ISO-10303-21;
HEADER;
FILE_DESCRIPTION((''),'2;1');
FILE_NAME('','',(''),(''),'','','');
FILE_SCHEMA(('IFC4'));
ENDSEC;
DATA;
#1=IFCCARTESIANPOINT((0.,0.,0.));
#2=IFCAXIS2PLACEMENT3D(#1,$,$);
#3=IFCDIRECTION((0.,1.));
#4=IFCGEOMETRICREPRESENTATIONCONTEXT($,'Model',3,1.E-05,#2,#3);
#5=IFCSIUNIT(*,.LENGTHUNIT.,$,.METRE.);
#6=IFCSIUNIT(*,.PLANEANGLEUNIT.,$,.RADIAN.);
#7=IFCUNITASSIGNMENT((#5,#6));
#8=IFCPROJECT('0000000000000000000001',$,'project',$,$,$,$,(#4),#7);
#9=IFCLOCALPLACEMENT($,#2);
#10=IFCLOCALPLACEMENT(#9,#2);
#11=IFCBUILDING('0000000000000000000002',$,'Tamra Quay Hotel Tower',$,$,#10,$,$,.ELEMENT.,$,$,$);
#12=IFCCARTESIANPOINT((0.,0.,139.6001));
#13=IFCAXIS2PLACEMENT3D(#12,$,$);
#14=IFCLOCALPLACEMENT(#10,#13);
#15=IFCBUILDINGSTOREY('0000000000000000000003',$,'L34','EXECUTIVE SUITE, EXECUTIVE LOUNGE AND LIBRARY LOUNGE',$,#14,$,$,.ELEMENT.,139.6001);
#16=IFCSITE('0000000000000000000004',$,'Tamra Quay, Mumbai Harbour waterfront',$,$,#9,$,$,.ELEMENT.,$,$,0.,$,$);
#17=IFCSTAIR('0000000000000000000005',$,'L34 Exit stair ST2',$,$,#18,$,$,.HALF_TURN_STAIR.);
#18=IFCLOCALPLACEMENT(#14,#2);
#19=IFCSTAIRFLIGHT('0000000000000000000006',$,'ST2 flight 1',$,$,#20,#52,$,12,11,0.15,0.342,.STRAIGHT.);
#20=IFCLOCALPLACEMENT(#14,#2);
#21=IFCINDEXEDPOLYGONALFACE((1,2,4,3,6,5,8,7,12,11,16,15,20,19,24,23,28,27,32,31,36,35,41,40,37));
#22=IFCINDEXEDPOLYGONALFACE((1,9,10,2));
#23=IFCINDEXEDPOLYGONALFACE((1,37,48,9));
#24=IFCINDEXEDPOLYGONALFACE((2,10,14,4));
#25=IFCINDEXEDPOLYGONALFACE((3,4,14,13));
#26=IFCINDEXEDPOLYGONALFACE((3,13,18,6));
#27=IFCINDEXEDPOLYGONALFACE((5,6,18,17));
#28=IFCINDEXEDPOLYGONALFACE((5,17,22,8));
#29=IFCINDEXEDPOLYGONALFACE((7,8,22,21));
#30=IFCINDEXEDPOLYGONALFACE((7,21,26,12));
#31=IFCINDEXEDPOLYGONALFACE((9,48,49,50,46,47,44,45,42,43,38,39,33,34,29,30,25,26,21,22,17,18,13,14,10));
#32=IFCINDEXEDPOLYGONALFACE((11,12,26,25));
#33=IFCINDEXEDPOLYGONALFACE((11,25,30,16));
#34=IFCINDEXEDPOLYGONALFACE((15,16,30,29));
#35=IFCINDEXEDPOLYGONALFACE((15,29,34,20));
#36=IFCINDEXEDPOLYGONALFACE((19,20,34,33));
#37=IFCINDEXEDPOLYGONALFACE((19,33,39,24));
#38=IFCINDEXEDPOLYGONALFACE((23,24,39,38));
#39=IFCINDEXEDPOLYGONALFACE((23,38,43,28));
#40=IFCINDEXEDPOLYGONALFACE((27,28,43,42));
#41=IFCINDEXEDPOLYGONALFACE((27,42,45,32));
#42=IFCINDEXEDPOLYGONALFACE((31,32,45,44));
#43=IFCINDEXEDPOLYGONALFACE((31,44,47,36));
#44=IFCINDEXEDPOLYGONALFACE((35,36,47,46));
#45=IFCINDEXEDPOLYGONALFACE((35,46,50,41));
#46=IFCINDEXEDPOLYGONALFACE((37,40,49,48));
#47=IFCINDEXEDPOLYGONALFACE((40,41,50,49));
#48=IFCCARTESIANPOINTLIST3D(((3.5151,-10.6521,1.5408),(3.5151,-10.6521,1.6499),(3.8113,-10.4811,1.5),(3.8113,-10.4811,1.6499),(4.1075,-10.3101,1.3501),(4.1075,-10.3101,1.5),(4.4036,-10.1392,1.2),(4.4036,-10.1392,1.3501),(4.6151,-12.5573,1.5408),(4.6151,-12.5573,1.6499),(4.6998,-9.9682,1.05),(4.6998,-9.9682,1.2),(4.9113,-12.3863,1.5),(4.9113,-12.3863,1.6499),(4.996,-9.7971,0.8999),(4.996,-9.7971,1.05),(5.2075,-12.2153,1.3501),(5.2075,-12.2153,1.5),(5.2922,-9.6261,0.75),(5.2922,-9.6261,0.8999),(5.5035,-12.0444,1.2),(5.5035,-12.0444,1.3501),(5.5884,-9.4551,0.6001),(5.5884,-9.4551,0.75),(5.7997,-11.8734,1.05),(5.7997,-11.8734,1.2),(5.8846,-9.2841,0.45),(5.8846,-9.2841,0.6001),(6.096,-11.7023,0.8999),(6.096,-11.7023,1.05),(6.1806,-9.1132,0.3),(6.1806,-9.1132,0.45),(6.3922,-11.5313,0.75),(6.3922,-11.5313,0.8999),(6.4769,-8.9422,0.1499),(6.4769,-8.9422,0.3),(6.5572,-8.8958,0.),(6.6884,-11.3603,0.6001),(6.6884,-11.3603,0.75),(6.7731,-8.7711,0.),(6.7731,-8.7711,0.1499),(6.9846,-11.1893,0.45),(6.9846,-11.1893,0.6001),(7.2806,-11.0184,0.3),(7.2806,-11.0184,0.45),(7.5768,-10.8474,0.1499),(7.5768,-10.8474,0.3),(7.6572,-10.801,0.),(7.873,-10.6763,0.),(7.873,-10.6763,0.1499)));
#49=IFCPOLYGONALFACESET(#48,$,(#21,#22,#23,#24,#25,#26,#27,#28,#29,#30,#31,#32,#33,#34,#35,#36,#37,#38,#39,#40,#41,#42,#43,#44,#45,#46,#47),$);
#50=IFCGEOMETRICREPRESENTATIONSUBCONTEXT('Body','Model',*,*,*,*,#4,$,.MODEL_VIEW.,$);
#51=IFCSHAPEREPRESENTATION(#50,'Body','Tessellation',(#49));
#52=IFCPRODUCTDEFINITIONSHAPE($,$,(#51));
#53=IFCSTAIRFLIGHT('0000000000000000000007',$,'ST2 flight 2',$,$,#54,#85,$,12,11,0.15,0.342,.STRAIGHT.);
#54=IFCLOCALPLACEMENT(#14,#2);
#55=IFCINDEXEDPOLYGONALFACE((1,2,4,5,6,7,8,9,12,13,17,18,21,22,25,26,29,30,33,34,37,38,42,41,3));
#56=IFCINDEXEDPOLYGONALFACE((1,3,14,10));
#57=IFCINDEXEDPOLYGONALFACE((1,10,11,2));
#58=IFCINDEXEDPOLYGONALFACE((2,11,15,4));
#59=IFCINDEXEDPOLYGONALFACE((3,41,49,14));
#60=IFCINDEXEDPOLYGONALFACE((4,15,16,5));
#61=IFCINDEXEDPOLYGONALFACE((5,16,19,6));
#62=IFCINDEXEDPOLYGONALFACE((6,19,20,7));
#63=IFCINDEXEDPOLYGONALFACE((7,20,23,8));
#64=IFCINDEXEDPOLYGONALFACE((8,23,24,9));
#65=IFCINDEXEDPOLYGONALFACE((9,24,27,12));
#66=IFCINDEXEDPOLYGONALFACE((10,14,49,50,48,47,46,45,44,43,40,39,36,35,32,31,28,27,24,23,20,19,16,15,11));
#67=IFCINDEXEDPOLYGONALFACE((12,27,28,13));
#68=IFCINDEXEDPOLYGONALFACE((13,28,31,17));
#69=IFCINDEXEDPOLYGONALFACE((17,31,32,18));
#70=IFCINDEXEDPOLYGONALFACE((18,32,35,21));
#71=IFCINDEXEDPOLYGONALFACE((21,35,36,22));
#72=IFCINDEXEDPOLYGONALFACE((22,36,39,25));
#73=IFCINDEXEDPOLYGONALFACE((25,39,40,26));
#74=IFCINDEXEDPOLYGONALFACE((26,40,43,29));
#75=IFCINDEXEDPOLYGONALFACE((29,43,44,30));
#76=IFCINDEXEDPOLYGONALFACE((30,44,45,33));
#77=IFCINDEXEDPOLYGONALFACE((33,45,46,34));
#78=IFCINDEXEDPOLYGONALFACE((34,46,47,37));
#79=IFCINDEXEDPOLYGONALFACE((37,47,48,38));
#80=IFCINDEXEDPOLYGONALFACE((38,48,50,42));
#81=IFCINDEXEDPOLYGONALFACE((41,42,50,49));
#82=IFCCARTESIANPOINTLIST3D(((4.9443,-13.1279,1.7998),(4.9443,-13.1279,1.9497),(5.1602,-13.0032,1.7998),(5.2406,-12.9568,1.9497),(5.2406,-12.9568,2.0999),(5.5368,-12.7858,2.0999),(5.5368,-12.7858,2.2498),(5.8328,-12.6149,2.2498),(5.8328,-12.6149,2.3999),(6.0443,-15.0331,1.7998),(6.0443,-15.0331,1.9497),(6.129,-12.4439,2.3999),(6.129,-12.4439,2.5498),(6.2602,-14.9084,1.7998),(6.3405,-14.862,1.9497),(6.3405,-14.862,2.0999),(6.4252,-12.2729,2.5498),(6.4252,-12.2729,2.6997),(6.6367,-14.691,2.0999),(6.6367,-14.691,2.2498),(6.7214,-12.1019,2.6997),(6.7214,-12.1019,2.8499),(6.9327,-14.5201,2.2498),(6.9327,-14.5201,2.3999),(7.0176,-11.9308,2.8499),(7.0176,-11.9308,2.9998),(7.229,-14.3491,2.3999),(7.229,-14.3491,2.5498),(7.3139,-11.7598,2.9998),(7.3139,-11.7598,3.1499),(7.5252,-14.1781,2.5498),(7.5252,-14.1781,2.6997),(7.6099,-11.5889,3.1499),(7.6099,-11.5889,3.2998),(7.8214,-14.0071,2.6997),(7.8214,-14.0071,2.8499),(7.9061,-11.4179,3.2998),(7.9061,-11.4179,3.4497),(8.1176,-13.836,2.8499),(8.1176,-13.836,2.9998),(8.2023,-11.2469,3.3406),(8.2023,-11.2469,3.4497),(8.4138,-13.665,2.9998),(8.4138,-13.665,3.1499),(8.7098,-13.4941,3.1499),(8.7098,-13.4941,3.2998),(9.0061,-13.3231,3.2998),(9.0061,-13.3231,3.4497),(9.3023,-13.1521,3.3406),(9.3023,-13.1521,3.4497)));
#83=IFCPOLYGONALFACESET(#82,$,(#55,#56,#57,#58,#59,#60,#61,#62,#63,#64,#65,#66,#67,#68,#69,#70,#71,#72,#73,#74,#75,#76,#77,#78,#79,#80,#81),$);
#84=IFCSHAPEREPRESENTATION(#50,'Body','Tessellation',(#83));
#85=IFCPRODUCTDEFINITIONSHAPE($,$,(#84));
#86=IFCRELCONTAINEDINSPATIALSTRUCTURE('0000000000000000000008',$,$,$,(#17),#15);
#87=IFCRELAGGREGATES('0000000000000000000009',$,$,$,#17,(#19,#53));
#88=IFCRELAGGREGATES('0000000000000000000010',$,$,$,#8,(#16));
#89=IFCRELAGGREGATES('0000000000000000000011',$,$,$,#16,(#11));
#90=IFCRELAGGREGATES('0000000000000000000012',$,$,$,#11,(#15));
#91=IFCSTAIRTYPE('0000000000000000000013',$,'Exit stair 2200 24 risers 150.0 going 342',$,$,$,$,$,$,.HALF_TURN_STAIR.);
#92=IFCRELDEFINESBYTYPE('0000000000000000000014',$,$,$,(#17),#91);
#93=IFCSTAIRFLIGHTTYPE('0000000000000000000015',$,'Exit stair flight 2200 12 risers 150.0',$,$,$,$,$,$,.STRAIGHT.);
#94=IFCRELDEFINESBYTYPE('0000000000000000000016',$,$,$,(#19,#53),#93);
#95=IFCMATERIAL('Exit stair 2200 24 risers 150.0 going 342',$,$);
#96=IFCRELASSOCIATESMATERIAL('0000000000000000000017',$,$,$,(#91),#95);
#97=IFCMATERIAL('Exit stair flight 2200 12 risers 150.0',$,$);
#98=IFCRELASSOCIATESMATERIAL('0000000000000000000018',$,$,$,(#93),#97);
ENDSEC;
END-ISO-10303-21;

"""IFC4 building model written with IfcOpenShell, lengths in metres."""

from ifc_helpers import new_model, si_unit, direction, frame, origin, place, context, subcontext, project, spatial, polyline, outline, extrude, material, type_object, element, aggregate, save


model = new_model("IFC4")

# Units and contexts
model_context = context("Model", 3, precision=1e-05, world=origin(), true_north=direction((0.0, 1.0)))
body_context = subcontext(model_context, "Body", "Model", "MODEL_VIEW")
ifc_project = project(units=[si_unit("LENGTHUNIT", "METRE"), si_unit("PLANEANGLEUNIT", "RADIAN")], contexts=[model_context])

# Site, building, storey
site_placement = place(None, origin())
site = spatial("IfcSite", under=ifc_project, at=site_placement, Name="Tamra Quay, Mumbai Harbour waterfront", CompositionType="ELEMENT", RefElevation=0.0)
building_placement = place(site_placement, origin())
building = spatial("IfcBuilding", under=site, at=building_placement, Name="Tamra Quay Hotel Tower", CompositionType="ELEMENT")
storey_placement = place(building_placement, frame((0.0, 0.0, 139.6001)))
storey = spatial("IfcBuildingStorey", under=building, at=storey_placement, Name="L34", Description="EXECUTIVE SUITE, EXECUTIVE LOUNGE AND LIBRARY LOUNGE", CompositionType="ELEMENT", Elevation=139.6001)

# Stair, stair flights
ifc_material_1 = material(Name="Exit stair 2200 24 risers 150.0 going 342")
stair_type = type_object("IfcStairType", Name="Exit stair 2200 24 risers 150.0 going 342", PredefinedType="HALF_TURN_STAIR", material=ifc_material_1)
stair_placement = place(storey_placement, origin())
stair = element("IfcStair", 1, at=stair_placement, inside=storey, type_object=stair_type, Name="L34 Exit stair ST2", PredefinedType="HALF_TURN_STAIR")
ifc_material_2 = material(Name="Exit stair flight 2200 12 risers 150.0")
stair_flight_type = type_object("IfcStairFlightType", Name="Exit stair flight 2200 12 risers 150.0", PredefinedType="STRAIGHT", material=ifc_material_2)
stair_flight_1_placement = place(storey_placement, frame((7.323, -9.7236, 0.0), z_axis=(0.0, 0.0, 1.0), x_axis=(-0.866025, -0.5, 0.0)))
stair_flight_1 = element("IfcStairFlight", 2, at=stair_flight_1_placement, type_object=stair_flight_type, Name="ST2 flight 1", NumberOfRisers=12, NumberOfTreads=11, PredefinedType="STRAIGHT", RiserHeight=0.15, TreadLength=0.342, context=body_context, shape_type="SweptSolid", body=[
    extrude(outline(polyline([(0.0, 0.0), (0.0, 0.1499), (0.342, 0.1499), (0.342, 0.3), (0.6841, 0.3), (0.6841, 0.45), (1.0259, 0.45), (1.0259, 0.6001), (1.3679, 0.6001), (1.3679, 0.75), (1.71, 0.75), (1.71, 0.8999), (2.052, 0.8999), (2.052, 1.05), (2.394, 1.05), (2.394, 1.2), (2.7361, 1.2), (2.7361, 1.3501), (3.0779, 1.3501), (3.0779, 1.5), (3.4199, 1.5), (3.4199, 1.6499), (3.762, 1.6499), (3.762, 1.8), (3.762, 1.5408), (0.2493, 0.0), (0.0, 0.0)])), frame((0.0, 1.1001, 0.0), z_axis=(0.0, -1.0, 0.0), x_axis=(1.0, 0.0, 0.0)), (0.0, 0.0, 1.0), 2.2),
])
stair_flight_2_placement = place(storey_placement, frame((5.4944, -14.0806, 1.7998), z_axis=(0.0, 0.0, 1.0), x_axis=(0.866025, 0.5, 0.0)))
stair_flight_2 = element("IfcStairFlight", 3, at=stair_flight_2_placement, type_object=stair_flight_type, Name="ST2 flight 2", NumberOfRisers=12, NumberOfTreads=11, PredefinedType="STRAIGHT", RiserHeight=0.15, TreadLength=0.342, context=body_context, shape_type="SweptSolid", body=[
    extrude(outline(polyline([(0.0, 0.0), (0.0, 0.1499), (0.342, 0.1499), (0.342, 0.3), (0.6841, 0.3), (0.6841, 0.45), (1.0259, 0.45), (1.0259, 0.6001), (1.3679, 0.6001), (1.3679, 0.75), (1.71, 0.75), (1.71, 0.8999), (2.052, 0.8999), (2.052, 1.05), (2.394, 1.05), (2.394, 1.2), (2.7361, 1.2), (2.7361, 1.3501), (3.0779, 1.3501), (3.0779, 1.5), (3.4199, 1.5), (3.4199, 1.6499), (3.762, 1.6499), (3.762, 1.8), (3.762, 1.5408), (0.2493, 0.0), (0.0, 0.0)])), frame((0.0, 1.1001, 0.0), z_axis=(0.0, -1.0, 0.0), x_axis=(1.0, 0.0, 0.0)), (0.0, 0.0, 1.0), 2.2),
])
aggregate(stair, [stair_flight_1, stair_flight_2])

save(model, "model.ifc")
